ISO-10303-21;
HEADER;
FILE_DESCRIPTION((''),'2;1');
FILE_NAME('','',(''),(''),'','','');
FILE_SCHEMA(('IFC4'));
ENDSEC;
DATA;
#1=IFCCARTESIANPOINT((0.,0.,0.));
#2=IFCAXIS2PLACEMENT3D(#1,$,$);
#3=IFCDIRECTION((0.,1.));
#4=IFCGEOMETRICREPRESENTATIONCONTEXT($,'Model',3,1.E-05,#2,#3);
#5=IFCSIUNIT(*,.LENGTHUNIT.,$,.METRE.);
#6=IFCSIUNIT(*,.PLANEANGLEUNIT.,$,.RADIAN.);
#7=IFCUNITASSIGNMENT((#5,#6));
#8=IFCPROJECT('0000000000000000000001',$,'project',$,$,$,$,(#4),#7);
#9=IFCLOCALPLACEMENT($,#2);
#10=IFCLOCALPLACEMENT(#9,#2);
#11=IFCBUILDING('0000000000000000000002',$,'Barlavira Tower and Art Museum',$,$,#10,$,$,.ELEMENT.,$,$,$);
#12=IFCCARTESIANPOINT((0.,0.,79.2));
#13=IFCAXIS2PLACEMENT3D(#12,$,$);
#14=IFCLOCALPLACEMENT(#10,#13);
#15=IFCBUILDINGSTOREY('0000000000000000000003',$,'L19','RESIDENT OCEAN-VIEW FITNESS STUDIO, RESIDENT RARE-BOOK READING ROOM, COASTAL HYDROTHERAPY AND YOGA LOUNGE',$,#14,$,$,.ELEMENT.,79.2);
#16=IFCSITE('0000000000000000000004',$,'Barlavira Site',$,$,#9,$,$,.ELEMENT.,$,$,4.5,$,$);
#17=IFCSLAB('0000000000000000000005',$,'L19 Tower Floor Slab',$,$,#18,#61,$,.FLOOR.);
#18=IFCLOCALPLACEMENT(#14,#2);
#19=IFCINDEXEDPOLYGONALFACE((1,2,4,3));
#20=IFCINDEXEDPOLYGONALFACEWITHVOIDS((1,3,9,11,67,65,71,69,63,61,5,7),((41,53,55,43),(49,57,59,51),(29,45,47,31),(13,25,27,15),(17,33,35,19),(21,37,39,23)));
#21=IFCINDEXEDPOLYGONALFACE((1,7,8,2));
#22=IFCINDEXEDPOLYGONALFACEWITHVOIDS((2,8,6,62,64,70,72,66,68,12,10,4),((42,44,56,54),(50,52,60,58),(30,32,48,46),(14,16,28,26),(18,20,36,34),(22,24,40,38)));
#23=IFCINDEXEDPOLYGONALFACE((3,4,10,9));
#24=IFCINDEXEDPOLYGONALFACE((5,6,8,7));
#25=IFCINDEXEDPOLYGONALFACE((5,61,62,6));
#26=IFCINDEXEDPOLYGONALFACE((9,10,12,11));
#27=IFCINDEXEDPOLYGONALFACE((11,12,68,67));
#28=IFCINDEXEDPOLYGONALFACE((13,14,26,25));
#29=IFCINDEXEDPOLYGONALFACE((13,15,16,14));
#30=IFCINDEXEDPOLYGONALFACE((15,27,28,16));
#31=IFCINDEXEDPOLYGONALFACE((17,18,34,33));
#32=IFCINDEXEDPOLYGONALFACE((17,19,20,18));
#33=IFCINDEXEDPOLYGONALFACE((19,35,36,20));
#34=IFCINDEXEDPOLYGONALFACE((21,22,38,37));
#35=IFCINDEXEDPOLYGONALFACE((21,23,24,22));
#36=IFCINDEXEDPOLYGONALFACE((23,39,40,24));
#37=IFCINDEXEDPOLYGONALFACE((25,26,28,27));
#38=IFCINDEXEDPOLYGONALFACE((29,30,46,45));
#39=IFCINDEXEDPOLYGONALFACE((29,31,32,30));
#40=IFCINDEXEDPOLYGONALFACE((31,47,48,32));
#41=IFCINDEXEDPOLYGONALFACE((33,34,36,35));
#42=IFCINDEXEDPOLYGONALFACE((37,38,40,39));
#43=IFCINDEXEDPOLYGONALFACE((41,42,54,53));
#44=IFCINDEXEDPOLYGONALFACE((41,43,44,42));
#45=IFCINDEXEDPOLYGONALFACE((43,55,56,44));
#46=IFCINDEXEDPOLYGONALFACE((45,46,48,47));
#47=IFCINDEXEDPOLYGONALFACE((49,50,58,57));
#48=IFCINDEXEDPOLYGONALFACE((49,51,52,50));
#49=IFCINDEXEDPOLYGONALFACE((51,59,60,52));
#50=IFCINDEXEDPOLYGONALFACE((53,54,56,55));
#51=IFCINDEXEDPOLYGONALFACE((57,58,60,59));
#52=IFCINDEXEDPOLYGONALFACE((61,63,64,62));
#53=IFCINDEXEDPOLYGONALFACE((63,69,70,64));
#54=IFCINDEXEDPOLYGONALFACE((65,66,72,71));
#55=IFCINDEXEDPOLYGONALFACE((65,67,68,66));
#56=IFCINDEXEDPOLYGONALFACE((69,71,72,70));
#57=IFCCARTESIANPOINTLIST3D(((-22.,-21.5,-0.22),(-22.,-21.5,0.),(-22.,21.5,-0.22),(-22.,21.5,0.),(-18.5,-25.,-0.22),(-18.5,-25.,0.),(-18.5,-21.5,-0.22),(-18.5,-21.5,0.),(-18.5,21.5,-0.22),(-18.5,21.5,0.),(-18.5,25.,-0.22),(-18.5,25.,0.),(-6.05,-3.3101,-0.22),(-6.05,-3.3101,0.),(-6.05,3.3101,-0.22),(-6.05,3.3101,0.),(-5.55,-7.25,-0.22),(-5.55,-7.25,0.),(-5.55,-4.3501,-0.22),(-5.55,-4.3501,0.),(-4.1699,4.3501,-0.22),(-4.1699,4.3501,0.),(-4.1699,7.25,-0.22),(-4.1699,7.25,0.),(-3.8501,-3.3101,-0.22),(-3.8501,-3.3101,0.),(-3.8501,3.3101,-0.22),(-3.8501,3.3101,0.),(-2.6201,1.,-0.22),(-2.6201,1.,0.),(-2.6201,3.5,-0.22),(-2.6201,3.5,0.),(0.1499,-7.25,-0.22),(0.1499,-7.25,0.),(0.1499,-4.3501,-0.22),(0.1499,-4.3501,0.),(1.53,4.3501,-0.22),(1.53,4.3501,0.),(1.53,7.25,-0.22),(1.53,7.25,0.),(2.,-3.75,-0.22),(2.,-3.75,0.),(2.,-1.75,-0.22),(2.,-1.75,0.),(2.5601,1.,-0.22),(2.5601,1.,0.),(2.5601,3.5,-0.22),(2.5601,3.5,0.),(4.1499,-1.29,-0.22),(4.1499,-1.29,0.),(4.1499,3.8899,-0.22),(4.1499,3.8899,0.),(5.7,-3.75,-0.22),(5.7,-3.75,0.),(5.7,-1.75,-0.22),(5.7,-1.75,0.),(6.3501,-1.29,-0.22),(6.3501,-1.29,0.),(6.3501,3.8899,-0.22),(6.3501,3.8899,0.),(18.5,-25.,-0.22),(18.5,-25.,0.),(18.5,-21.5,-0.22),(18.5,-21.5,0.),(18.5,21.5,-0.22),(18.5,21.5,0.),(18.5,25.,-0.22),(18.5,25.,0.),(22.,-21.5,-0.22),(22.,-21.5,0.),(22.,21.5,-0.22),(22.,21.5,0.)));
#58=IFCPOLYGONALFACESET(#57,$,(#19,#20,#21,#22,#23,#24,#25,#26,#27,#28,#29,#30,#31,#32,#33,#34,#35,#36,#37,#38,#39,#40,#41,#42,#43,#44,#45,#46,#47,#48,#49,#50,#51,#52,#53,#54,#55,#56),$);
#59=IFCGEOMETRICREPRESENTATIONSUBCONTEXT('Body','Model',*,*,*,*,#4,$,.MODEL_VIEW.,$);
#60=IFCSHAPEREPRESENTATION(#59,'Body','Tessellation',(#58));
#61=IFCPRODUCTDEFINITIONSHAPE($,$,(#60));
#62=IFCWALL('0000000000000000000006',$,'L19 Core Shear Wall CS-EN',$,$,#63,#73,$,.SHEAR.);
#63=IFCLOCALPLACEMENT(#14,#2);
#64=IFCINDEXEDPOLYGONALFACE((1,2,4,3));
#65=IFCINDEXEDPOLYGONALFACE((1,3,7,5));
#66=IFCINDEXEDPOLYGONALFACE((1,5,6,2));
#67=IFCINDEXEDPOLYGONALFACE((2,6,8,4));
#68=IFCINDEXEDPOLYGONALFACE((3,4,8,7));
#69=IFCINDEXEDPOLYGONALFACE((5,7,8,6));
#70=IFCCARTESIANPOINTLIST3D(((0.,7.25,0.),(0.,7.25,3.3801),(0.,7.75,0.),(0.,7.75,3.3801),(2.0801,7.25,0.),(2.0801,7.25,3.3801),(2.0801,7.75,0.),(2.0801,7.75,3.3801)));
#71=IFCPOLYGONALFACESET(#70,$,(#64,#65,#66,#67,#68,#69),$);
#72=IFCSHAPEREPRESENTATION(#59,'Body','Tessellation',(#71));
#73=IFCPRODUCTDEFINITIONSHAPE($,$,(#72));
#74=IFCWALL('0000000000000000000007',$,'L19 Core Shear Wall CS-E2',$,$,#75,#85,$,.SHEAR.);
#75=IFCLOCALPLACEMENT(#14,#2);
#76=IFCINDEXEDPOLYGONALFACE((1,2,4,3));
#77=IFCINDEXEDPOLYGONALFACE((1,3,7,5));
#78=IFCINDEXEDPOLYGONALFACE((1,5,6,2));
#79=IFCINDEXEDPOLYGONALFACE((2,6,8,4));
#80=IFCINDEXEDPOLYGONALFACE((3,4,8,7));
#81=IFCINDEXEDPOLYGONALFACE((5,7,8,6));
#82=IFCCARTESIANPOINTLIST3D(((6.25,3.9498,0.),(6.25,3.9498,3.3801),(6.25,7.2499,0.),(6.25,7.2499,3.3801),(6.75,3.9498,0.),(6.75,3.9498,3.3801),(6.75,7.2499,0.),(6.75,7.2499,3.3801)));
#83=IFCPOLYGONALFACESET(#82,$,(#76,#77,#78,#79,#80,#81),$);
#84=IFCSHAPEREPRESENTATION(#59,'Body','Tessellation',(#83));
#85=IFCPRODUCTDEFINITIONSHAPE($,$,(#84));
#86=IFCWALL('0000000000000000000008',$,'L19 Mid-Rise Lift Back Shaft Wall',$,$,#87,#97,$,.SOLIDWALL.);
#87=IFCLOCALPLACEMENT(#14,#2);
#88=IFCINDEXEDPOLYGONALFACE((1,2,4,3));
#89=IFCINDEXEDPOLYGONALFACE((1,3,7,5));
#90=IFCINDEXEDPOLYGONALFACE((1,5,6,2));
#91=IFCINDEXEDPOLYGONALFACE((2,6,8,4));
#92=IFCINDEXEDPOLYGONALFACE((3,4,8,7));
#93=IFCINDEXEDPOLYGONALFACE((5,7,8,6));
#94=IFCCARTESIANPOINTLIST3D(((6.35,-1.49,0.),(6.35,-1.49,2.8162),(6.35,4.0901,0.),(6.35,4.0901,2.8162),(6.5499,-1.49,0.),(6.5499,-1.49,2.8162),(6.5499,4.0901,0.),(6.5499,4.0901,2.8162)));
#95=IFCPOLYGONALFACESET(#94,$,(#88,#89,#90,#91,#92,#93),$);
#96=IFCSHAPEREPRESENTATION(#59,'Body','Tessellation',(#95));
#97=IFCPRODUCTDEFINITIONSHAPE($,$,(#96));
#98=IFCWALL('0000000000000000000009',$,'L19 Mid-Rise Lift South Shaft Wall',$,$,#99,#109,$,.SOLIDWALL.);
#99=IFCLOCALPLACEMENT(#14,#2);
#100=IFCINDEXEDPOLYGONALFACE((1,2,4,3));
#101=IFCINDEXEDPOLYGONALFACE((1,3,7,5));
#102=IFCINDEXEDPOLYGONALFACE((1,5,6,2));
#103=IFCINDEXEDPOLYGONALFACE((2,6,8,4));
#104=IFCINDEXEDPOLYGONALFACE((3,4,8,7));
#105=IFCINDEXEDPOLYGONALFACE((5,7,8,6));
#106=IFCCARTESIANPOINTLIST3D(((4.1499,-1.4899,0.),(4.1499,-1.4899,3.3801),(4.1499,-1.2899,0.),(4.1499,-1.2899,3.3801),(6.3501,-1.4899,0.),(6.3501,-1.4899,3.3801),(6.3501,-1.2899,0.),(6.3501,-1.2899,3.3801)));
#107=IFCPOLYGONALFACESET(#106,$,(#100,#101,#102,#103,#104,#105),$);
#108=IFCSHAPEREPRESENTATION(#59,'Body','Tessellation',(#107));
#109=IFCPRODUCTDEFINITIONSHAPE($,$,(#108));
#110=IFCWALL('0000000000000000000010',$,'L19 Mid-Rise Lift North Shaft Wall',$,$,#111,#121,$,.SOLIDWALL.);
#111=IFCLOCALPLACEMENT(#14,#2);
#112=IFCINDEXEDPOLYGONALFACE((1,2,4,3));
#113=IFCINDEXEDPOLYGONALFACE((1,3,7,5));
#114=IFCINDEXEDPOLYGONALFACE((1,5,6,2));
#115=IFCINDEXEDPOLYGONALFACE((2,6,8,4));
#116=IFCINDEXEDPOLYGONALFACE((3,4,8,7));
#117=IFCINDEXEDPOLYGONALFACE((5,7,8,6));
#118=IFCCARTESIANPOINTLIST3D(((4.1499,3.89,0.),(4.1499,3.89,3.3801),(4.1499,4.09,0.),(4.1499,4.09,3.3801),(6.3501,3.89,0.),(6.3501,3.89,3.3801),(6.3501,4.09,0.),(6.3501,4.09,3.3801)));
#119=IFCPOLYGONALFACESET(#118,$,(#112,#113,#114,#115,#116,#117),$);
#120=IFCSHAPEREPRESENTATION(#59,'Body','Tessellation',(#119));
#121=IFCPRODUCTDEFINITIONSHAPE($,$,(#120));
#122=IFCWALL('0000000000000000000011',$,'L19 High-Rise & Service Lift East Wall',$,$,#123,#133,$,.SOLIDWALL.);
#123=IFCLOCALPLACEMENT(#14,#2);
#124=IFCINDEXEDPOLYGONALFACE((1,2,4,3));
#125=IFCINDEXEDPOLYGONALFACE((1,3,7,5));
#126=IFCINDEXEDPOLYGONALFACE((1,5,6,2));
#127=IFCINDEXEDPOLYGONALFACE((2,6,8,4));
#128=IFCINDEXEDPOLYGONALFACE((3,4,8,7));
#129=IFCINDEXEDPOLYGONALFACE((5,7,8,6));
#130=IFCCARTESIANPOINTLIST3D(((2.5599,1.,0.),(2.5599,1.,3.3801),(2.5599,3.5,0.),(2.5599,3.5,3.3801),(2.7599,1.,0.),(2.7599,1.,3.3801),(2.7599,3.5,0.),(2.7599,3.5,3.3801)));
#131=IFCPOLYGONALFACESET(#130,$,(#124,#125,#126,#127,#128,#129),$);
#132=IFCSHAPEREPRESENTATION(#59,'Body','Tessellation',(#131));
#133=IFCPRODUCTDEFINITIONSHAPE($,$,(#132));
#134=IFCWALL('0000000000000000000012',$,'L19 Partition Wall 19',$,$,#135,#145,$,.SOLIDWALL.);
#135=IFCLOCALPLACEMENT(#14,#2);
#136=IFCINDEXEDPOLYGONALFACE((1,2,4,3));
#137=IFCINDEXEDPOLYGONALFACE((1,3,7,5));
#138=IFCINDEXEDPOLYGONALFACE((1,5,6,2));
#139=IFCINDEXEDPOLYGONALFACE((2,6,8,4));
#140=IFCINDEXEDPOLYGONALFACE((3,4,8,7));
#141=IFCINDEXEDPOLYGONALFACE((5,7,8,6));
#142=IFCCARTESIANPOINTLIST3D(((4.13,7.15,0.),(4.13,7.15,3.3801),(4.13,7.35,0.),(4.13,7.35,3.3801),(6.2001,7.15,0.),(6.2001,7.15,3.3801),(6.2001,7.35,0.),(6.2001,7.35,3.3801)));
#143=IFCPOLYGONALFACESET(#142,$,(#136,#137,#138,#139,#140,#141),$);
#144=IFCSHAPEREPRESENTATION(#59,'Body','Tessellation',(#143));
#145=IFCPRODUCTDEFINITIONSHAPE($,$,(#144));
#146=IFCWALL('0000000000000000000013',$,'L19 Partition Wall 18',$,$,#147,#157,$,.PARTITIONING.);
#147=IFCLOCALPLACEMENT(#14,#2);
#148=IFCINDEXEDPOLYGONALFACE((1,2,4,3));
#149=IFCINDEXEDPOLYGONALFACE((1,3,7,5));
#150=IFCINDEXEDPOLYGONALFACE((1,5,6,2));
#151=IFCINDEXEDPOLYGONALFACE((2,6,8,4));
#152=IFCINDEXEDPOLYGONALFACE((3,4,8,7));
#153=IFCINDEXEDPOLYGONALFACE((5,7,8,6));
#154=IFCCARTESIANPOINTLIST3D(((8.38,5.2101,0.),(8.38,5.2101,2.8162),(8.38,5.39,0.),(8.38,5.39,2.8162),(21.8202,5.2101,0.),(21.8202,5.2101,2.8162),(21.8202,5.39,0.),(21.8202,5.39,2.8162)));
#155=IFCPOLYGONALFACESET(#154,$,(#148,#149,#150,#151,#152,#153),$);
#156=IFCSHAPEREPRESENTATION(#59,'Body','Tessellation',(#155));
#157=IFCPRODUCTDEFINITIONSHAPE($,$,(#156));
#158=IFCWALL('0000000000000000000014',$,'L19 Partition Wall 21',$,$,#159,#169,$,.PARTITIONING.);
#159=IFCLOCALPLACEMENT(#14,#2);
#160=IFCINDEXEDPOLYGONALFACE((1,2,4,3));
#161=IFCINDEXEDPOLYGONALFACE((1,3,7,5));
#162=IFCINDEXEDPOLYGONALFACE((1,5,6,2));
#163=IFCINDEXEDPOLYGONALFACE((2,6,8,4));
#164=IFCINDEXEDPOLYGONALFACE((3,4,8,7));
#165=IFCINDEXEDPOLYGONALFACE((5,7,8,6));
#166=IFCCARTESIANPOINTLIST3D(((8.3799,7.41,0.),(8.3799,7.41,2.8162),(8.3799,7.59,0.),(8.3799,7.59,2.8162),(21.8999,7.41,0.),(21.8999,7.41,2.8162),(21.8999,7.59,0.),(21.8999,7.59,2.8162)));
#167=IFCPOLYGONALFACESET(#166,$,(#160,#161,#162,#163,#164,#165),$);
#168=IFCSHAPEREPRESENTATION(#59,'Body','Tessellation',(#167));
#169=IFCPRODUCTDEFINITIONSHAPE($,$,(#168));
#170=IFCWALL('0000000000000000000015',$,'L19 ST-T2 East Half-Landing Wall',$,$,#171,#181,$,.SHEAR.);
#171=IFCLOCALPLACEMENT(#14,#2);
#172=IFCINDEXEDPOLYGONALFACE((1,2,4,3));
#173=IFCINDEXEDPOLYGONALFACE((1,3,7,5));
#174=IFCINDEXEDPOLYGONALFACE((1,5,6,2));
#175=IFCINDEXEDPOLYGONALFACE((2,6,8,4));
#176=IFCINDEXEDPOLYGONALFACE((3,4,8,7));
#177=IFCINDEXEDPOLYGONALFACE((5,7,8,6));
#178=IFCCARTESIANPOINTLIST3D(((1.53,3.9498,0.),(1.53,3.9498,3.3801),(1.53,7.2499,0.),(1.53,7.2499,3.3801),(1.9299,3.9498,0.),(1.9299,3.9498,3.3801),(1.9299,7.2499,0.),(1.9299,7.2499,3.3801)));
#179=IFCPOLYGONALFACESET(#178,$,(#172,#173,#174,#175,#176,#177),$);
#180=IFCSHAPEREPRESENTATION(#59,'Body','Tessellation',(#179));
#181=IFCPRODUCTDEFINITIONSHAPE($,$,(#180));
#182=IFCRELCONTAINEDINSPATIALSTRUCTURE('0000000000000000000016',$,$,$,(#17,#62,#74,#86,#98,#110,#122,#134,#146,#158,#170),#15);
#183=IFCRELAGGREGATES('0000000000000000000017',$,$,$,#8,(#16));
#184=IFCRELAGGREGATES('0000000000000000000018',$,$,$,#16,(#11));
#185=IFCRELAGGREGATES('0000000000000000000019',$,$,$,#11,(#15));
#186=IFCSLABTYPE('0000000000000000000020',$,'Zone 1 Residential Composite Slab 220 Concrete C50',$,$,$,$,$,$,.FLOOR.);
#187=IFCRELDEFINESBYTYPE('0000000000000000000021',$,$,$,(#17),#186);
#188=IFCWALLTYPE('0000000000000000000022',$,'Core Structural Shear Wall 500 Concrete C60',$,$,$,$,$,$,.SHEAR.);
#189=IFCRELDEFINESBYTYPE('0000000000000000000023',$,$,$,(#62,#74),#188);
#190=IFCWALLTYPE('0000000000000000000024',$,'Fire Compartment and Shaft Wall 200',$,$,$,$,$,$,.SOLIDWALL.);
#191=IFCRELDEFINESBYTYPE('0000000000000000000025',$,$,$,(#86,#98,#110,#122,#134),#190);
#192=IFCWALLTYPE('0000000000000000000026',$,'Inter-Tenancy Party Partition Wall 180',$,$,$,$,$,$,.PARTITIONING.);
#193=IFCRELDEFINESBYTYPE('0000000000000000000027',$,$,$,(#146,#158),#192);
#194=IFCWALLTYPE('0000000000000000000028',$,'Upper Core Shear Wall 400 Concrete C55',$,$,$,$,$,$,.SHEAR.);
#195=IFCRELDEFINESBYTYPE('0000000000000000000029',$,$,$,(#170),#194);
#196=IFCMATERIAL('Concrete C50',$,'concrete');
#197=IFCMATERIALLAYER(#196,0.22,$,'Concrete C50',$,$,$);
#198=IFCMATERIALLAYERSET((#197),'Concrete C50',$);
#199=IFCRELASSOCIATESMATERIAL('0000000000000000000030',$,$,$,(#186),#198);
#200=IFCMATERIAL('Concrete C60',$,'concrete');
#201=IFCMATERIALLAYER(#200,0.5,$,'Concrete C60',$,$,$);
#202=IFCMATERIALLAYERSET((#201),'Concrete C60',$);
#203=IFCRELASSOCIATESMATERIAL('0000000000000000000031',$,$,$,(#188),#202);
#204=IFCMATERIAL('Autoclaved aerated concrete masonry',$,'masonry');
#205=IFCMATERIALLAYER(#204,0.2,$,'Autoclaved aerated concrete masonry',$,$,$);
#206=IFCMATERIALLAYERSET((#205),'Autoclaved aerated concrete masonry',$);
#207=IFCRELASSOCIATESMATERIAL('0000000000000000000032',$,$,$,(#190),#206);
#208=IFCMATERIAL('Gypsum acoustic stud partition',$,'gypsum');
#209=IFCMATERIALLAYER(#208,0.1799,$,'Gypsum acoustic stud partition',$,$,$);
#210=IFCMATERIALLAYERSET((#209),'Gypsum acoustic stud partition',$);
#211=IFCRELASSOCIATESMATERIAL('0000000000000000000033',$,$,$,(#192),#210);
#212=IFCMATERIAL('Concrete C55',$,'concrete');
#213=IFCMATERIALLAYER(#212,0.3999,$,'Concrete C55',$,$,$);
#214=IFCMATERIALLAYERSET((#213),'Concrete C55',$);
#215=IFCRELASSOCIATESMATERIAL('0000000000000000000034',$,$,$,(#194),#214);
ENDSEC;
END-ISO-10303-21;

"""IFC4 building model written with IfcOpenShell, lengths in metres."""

from ifc_helpers import new_model, si_unit, direction, frame, frame_2d, origin, place, context, subcontext, project, spatial, polyline, rectangle, outline, extrude, material, layer, layer_set, type_object, element, save


model = new_model("IFC4")

# Units and contexts
model_context = context("Model", 3, precision=1e-05, world=origin(), true_north=direction((0.0, 1.0)))
body_context = subcontext(model_context, "Body", "Model", "MODEL_VIEW")
ifc_project = project(units=[si_unit("LENGTHUNIT", "METRE"), si_unit("PLANEANGLEUNIT", "RADIAN")], contexts=[model_context])

# Site, building, storey
site_placement = place(None, origin())
site = spatial("IfcSite", under=ifc_project, at=site_placement, Name="Barlavira Site", CompositionType="ELEMENT", RefElevation=4.5)
building_placement = place(site_placement, origin())
building = spatial("IfcBuilding", under=site, at=building_placement, Name="Barlavira Tower and Art Museum", CompositionType="ELEMENT")
storey_placement = place(building_placement, frame((0.0, 0.0, 79.2)))
storey = spatial("IfcBuildingStorey", under=building, at=storey_placement, Name="L19", Description="RESIDENT OCEAN-VIEW FITNESS STUDIO, RESIDENT RARE-BOOK READING ROOM, COASTAL HYDROTHERAPY AND YOGA LOUNGE", CompositionType="ELEMENT", Elevation=79.2)

# Shared definitions
ifc_material_1 = material(Name="Concrete C60", Category="concrete")
ifc_material_2 = material(Name="Concrete C50", Category="concrete")

# Slab
ifc_layer_1 = layer(ifc_material_2, 0.22, Name="Concrete C50")
ifc_layer_set_1 = layer_set([ifc_layer_1], Name="Concrete C50")
slab_type_1 = type_object("IfcSlabType", Name="Zone 1 Residential Composite Slab 220 Concrete C50", PredefinedType="FLOOR", material=ifc_layer_set_1)
slab_1_placement = place(storey_placement, frame((0.0, 0.0, -0.22)))
element("IfcSlab", 1, at=slab_1_placement, inside=storey, type_object=slab_type_1, Name="L19 Tower Floor Slab", PredefinedType="FLOOR", context=body_context, shape_type="SweptSolid", body=[
    extrude(outline(polyline([(-18.5, -25.0), (18.5, -25.0), (18.5, -21.5), (22.0, -21.5), (22.0, 21.5), (18.5, 21.5), (18.5, 25.0), (-18.5, 25.0), (-18.5, 21.5), (-22.0, 21.5), (-22.0, -21.5), (-18.5, -21.5), (-18.5, -25.0)]), holes=[polyline([(0.1499, -4.3501), (-5.55, -4.3501), (-5.55, -7.25), (0.1499, -7.25), (0.1499, -4.3501)]), polyline([(-4.1699, 4.3501), (1.53, 4.3501), (1.53, 7.25), (-4.1699, 7.25), (-4.1699, 4.3501)]), polyline([(-6.05, -3.3101), (-3.8501, -3.3101), (-3.8501, 3.3101), (-6.05, 3.3101), (-6.05, -3.3101)]), polyline([(4.1499, -1.29), (6.3501, -1.29), (6.3501, 3.8899), (4.1499, 3.8899), (4.1499, -1.29)]), polyline([(-2.6201, 1.0), (2.5601, 1.0), (2.5601, 3.5), (-2.6201, 3.5), (-2.6201, 1.0)]), polyline([(2.0, -3.75), (5.7, -3.75), (5.7, -1.75), (2.0, -1.75), (2.0, -3.75)])]), origin(), (0.0, 0.0, 1.0), 0.22),
])

# Walls
ifc_layer_2 = layer(ifc_material_1, 0.5, Name="Concrete C60")
ifc_layer_set_2 = layer_set([ifc_layer_2], Name="Concrete C60")
wall_type_1 = type_object("IfcWallType", Name="Core Structural Shear Wall 500 Concrete C60", PredefinedType="SHEAR", material=ifc_layer_set_2)
wall_1_placement = place(storey_placement, frame((0.0, 7.5, 0.0), z_axis=(0.0, 0.0, 1.0), x_axis=(1.0, 0.0, 0.0)))
element("IfcWall", 2, at=wall_1_placement, inside=storey, type_object=wall_type_1, Name="L19 Core Shear Wall CS-EN", PredefinedType="SHEAR", context=body_context, shape_type="SweptSolid", body=[
    extrude(rectangle(XDim=2.0801, YDim=0.5, at=frame_2d((1.04, 0.0))), origin(), (0.0, 0.0, 1.0), 3.3801),
])
wall_2_placement = place(storey_placement, frame((6.5, 3.95, 0.0), z_axis=(0.0, 0.0, 1.0), x_axis=(0.0, 1.0, 0.0)))
element("IfcWall", 3, at=wall_2_placement, inside=storey, type_object=wall_type_1, Name="L19 Core Shear Wall CS-E2", PredefinedType="SHEAR", context=body_context, shape_type="SweptSolid", body=[
    extrude(rectangle(XDim=3.3, YDim=0.5, at=frame_2d((1.6499, 0.0))), origin(), (0.0, 0.0, 1.0), 3.3801),
])
ifc_material_3 = material(Name="Autoclaved aerated concrete masonry", Category="masonry")
ifc_layer_3 = layer(ifc_material_3, 0.2, Name="Autoclaved aerated concrete masonry")
ifc_layer_set_3 = layer_set([ifc_layer_3], Name="Autoclaved aerated concrete masonry")
wall_type_2 = type_object("IfcWallType", Name="Fire Compartment and Shaft Wall 200", PredefinedType="SOLIDWALL", material=ifc_layer_set_3)
wall_3_placement = place(storey_placement, frame((6.45, -1.49, 0.0), z_axis=(0.0, 0.0, 1.0), x_axis=(0.0, 1.0, 0.0)))
element("IfcWall", 4, at=wall_3_placement, inside=storey, type_object=wall_type_2, Name="L19 Mid-Rise Lift Back Shaft Wall", PredefinedType="SOLIDWALL", context=body_context, shape_type="SweptSolid", body=[
    extrude(rectangle(XDim=5.5801, YDim=0.2, at=frame_2d((2.79, 0.0))), origin(), (0.0, 0.0, 1.0), 2.8162),
])
for number, where, z_axis, x_axis, name in (
    (5, (4.1499, -1.3899, 0.0), (0.0, 0.0, 1.0), (1.0, 0.0, 0.0), "L19 Mid-Rise Lift South Shaft Wall"),
    (6, (4.1499, 3.99, 0.0), (0.0, 0.0, 1.0), (1.0, 0.0, 0.0), "L19 Mid-Rise Lift North Shaft Wall"),
):
    element("IfcWall", number, at=place(storey_placement, frame(where, z_axis=z_axis, x_axis=x_axis)), inside=storey, type_object=wall_type_2, Name=name, PredefinedType="SOLIDWALL", context=body_context, shape_type="SweptSolid", body=[
        extrude(rectangle(XDim=2.2002, YDim=0.2, at=frame_2d((1.1001, 0.0))), origin(), (0.0, 0.0, 1.0), 3.3801),
    ])
wall_4_placement = place(storey_placement, frame((2.6599, 1.0, 0.0), z_axis=(0.0, 0.0, 1.0), x_axis=(0.0, 1.0, 0.0)))
element("IfcWall", 7, at=wall_4_placement, inside=storey, type_object=wall_type_2, Name="L19 High-Rise & Service Lift East Wall", PredefinedType="SOLIDWALL", context=body_context, shape_type="SweptSolid", body=[
    extrude(rectangle(XDim=2.5, YDim=0.2, at=frame_2d((1.25, 0.0))), origin(), (0.0, 0.0, 1.0), 3.3801),
])

# Walls
wall_5_placement = place(storey_placement, frame((4.1299, 7.25, 0.0), z_axis=(0.0, 0.0, 1.0), x_axis=(1.0, 0.0, 0.0)))
element("IfcWall", 8, at=wall_5_placement, inside=storey, type_object=wall_type_2, Name="L19 Partition Wall 19", PredefinedType="SOLIDWALL", context=body_context, shape_type="SweptSolid", body=[
    extrude(rectangle(XDim=2.0701, YDim=0.2, at=frame_2d((1.0352, 0.0))), origin(), (0.0, 0.0, 1.0), 3.3801),
])
ifc_material_4 = material(Name="Gypsum acoustic stud partition", Category="gypsum")
ifc_layer_4 = layer(ifc_material_4, 0.1799, Name="Gypsum acoustic stud partition")
ifc_layer_set_4 = layer_set([ifc_layer_4], Name="Gypsum acoustic stud partition")
wall_type_3 = type_object("IfcWallType", Name="Inter-Tenancy Party Partition Wall 180", PredefinedType="PARTITIONING", material=ifc_layer_set_4)
wall_6_placement = place(storey_placement, frame((8.3799, 5.3, 0.0), z_axis=(0.0, 0.0, 1.0), x_axis=(1.0, 0.0, 0.0)))
element("IfcWall", 9, at=wall_6_placement, inside=storey, type_object=wall_type_3, Name="L19 Partition Wall 18", PredefinedType="PARTITIONING", context=body_context, shape_type="SweptSolid", body=[
    extrude(rectangle(XDim=13.4402, YDim=0.1799, at=frame_2d((6.7202, 0.0))), origin(), (0.0, 0.0, 1.0), 2.8162),
])
wall_7_placement = place(storey_placement, frame((8.3799, 7.5, 0.0), z_axis=(0.0, 0.0, 1.0), x_axis=(1.0, 0.0, 0.0)))
element("IfcWall", 10, at=wall_7_placement, inside=storey, type_object=wall_type_3, Name="L19 Partition Wall 21", PredefinedType="PARTITIONING", context=body_context, shape_type="SweptSolid", body=[
    extrude(rectangle(XDim=13.52, YDim=0.1799, at=frame_2d((6.76, 0.0))), origin(), (0.0, 0.0, 1.0), 2.8162),
])
ifc_material_5 = material(Name="Concrete C55", Category="concrete")
ifc_layer_5 = layer(ifc_material_5, 0.3999, Name="Concrete C55")
ifc_layer_set_5 = layer_set([ifc_layer_5], Name="Concrete C55")
wall_type_4 = type_object("IfcWallType", Name="Upper Core Shear Wall 400 Concrete C55", PredefinedType="SHEAR", material=ifc_layer_set_5)
wall_8_placement = place(storey_placement, frame((1.73, 3.95, 0.0), z_axis=(0.0, 0.0, 1.0), x_axis=(0.0, 1.0, 0.0)))
element("IfcWall", 11, at=wall_8_placement, inside=storey, type_object=wall_type_4, Name="L19 ST-T2 East Half-Landing Wall", PredefinedType="SHEAR", context=body_context, shape_type="SweptSolid", body=[
    extrude(rectangle(XDim=3.3, YDim=0.3999, at=frame_2d((1.6499, 0.0))), origin(), (0.0, 0.0, 1.0), 3.3801),
])

save(model, "model.ifc")
